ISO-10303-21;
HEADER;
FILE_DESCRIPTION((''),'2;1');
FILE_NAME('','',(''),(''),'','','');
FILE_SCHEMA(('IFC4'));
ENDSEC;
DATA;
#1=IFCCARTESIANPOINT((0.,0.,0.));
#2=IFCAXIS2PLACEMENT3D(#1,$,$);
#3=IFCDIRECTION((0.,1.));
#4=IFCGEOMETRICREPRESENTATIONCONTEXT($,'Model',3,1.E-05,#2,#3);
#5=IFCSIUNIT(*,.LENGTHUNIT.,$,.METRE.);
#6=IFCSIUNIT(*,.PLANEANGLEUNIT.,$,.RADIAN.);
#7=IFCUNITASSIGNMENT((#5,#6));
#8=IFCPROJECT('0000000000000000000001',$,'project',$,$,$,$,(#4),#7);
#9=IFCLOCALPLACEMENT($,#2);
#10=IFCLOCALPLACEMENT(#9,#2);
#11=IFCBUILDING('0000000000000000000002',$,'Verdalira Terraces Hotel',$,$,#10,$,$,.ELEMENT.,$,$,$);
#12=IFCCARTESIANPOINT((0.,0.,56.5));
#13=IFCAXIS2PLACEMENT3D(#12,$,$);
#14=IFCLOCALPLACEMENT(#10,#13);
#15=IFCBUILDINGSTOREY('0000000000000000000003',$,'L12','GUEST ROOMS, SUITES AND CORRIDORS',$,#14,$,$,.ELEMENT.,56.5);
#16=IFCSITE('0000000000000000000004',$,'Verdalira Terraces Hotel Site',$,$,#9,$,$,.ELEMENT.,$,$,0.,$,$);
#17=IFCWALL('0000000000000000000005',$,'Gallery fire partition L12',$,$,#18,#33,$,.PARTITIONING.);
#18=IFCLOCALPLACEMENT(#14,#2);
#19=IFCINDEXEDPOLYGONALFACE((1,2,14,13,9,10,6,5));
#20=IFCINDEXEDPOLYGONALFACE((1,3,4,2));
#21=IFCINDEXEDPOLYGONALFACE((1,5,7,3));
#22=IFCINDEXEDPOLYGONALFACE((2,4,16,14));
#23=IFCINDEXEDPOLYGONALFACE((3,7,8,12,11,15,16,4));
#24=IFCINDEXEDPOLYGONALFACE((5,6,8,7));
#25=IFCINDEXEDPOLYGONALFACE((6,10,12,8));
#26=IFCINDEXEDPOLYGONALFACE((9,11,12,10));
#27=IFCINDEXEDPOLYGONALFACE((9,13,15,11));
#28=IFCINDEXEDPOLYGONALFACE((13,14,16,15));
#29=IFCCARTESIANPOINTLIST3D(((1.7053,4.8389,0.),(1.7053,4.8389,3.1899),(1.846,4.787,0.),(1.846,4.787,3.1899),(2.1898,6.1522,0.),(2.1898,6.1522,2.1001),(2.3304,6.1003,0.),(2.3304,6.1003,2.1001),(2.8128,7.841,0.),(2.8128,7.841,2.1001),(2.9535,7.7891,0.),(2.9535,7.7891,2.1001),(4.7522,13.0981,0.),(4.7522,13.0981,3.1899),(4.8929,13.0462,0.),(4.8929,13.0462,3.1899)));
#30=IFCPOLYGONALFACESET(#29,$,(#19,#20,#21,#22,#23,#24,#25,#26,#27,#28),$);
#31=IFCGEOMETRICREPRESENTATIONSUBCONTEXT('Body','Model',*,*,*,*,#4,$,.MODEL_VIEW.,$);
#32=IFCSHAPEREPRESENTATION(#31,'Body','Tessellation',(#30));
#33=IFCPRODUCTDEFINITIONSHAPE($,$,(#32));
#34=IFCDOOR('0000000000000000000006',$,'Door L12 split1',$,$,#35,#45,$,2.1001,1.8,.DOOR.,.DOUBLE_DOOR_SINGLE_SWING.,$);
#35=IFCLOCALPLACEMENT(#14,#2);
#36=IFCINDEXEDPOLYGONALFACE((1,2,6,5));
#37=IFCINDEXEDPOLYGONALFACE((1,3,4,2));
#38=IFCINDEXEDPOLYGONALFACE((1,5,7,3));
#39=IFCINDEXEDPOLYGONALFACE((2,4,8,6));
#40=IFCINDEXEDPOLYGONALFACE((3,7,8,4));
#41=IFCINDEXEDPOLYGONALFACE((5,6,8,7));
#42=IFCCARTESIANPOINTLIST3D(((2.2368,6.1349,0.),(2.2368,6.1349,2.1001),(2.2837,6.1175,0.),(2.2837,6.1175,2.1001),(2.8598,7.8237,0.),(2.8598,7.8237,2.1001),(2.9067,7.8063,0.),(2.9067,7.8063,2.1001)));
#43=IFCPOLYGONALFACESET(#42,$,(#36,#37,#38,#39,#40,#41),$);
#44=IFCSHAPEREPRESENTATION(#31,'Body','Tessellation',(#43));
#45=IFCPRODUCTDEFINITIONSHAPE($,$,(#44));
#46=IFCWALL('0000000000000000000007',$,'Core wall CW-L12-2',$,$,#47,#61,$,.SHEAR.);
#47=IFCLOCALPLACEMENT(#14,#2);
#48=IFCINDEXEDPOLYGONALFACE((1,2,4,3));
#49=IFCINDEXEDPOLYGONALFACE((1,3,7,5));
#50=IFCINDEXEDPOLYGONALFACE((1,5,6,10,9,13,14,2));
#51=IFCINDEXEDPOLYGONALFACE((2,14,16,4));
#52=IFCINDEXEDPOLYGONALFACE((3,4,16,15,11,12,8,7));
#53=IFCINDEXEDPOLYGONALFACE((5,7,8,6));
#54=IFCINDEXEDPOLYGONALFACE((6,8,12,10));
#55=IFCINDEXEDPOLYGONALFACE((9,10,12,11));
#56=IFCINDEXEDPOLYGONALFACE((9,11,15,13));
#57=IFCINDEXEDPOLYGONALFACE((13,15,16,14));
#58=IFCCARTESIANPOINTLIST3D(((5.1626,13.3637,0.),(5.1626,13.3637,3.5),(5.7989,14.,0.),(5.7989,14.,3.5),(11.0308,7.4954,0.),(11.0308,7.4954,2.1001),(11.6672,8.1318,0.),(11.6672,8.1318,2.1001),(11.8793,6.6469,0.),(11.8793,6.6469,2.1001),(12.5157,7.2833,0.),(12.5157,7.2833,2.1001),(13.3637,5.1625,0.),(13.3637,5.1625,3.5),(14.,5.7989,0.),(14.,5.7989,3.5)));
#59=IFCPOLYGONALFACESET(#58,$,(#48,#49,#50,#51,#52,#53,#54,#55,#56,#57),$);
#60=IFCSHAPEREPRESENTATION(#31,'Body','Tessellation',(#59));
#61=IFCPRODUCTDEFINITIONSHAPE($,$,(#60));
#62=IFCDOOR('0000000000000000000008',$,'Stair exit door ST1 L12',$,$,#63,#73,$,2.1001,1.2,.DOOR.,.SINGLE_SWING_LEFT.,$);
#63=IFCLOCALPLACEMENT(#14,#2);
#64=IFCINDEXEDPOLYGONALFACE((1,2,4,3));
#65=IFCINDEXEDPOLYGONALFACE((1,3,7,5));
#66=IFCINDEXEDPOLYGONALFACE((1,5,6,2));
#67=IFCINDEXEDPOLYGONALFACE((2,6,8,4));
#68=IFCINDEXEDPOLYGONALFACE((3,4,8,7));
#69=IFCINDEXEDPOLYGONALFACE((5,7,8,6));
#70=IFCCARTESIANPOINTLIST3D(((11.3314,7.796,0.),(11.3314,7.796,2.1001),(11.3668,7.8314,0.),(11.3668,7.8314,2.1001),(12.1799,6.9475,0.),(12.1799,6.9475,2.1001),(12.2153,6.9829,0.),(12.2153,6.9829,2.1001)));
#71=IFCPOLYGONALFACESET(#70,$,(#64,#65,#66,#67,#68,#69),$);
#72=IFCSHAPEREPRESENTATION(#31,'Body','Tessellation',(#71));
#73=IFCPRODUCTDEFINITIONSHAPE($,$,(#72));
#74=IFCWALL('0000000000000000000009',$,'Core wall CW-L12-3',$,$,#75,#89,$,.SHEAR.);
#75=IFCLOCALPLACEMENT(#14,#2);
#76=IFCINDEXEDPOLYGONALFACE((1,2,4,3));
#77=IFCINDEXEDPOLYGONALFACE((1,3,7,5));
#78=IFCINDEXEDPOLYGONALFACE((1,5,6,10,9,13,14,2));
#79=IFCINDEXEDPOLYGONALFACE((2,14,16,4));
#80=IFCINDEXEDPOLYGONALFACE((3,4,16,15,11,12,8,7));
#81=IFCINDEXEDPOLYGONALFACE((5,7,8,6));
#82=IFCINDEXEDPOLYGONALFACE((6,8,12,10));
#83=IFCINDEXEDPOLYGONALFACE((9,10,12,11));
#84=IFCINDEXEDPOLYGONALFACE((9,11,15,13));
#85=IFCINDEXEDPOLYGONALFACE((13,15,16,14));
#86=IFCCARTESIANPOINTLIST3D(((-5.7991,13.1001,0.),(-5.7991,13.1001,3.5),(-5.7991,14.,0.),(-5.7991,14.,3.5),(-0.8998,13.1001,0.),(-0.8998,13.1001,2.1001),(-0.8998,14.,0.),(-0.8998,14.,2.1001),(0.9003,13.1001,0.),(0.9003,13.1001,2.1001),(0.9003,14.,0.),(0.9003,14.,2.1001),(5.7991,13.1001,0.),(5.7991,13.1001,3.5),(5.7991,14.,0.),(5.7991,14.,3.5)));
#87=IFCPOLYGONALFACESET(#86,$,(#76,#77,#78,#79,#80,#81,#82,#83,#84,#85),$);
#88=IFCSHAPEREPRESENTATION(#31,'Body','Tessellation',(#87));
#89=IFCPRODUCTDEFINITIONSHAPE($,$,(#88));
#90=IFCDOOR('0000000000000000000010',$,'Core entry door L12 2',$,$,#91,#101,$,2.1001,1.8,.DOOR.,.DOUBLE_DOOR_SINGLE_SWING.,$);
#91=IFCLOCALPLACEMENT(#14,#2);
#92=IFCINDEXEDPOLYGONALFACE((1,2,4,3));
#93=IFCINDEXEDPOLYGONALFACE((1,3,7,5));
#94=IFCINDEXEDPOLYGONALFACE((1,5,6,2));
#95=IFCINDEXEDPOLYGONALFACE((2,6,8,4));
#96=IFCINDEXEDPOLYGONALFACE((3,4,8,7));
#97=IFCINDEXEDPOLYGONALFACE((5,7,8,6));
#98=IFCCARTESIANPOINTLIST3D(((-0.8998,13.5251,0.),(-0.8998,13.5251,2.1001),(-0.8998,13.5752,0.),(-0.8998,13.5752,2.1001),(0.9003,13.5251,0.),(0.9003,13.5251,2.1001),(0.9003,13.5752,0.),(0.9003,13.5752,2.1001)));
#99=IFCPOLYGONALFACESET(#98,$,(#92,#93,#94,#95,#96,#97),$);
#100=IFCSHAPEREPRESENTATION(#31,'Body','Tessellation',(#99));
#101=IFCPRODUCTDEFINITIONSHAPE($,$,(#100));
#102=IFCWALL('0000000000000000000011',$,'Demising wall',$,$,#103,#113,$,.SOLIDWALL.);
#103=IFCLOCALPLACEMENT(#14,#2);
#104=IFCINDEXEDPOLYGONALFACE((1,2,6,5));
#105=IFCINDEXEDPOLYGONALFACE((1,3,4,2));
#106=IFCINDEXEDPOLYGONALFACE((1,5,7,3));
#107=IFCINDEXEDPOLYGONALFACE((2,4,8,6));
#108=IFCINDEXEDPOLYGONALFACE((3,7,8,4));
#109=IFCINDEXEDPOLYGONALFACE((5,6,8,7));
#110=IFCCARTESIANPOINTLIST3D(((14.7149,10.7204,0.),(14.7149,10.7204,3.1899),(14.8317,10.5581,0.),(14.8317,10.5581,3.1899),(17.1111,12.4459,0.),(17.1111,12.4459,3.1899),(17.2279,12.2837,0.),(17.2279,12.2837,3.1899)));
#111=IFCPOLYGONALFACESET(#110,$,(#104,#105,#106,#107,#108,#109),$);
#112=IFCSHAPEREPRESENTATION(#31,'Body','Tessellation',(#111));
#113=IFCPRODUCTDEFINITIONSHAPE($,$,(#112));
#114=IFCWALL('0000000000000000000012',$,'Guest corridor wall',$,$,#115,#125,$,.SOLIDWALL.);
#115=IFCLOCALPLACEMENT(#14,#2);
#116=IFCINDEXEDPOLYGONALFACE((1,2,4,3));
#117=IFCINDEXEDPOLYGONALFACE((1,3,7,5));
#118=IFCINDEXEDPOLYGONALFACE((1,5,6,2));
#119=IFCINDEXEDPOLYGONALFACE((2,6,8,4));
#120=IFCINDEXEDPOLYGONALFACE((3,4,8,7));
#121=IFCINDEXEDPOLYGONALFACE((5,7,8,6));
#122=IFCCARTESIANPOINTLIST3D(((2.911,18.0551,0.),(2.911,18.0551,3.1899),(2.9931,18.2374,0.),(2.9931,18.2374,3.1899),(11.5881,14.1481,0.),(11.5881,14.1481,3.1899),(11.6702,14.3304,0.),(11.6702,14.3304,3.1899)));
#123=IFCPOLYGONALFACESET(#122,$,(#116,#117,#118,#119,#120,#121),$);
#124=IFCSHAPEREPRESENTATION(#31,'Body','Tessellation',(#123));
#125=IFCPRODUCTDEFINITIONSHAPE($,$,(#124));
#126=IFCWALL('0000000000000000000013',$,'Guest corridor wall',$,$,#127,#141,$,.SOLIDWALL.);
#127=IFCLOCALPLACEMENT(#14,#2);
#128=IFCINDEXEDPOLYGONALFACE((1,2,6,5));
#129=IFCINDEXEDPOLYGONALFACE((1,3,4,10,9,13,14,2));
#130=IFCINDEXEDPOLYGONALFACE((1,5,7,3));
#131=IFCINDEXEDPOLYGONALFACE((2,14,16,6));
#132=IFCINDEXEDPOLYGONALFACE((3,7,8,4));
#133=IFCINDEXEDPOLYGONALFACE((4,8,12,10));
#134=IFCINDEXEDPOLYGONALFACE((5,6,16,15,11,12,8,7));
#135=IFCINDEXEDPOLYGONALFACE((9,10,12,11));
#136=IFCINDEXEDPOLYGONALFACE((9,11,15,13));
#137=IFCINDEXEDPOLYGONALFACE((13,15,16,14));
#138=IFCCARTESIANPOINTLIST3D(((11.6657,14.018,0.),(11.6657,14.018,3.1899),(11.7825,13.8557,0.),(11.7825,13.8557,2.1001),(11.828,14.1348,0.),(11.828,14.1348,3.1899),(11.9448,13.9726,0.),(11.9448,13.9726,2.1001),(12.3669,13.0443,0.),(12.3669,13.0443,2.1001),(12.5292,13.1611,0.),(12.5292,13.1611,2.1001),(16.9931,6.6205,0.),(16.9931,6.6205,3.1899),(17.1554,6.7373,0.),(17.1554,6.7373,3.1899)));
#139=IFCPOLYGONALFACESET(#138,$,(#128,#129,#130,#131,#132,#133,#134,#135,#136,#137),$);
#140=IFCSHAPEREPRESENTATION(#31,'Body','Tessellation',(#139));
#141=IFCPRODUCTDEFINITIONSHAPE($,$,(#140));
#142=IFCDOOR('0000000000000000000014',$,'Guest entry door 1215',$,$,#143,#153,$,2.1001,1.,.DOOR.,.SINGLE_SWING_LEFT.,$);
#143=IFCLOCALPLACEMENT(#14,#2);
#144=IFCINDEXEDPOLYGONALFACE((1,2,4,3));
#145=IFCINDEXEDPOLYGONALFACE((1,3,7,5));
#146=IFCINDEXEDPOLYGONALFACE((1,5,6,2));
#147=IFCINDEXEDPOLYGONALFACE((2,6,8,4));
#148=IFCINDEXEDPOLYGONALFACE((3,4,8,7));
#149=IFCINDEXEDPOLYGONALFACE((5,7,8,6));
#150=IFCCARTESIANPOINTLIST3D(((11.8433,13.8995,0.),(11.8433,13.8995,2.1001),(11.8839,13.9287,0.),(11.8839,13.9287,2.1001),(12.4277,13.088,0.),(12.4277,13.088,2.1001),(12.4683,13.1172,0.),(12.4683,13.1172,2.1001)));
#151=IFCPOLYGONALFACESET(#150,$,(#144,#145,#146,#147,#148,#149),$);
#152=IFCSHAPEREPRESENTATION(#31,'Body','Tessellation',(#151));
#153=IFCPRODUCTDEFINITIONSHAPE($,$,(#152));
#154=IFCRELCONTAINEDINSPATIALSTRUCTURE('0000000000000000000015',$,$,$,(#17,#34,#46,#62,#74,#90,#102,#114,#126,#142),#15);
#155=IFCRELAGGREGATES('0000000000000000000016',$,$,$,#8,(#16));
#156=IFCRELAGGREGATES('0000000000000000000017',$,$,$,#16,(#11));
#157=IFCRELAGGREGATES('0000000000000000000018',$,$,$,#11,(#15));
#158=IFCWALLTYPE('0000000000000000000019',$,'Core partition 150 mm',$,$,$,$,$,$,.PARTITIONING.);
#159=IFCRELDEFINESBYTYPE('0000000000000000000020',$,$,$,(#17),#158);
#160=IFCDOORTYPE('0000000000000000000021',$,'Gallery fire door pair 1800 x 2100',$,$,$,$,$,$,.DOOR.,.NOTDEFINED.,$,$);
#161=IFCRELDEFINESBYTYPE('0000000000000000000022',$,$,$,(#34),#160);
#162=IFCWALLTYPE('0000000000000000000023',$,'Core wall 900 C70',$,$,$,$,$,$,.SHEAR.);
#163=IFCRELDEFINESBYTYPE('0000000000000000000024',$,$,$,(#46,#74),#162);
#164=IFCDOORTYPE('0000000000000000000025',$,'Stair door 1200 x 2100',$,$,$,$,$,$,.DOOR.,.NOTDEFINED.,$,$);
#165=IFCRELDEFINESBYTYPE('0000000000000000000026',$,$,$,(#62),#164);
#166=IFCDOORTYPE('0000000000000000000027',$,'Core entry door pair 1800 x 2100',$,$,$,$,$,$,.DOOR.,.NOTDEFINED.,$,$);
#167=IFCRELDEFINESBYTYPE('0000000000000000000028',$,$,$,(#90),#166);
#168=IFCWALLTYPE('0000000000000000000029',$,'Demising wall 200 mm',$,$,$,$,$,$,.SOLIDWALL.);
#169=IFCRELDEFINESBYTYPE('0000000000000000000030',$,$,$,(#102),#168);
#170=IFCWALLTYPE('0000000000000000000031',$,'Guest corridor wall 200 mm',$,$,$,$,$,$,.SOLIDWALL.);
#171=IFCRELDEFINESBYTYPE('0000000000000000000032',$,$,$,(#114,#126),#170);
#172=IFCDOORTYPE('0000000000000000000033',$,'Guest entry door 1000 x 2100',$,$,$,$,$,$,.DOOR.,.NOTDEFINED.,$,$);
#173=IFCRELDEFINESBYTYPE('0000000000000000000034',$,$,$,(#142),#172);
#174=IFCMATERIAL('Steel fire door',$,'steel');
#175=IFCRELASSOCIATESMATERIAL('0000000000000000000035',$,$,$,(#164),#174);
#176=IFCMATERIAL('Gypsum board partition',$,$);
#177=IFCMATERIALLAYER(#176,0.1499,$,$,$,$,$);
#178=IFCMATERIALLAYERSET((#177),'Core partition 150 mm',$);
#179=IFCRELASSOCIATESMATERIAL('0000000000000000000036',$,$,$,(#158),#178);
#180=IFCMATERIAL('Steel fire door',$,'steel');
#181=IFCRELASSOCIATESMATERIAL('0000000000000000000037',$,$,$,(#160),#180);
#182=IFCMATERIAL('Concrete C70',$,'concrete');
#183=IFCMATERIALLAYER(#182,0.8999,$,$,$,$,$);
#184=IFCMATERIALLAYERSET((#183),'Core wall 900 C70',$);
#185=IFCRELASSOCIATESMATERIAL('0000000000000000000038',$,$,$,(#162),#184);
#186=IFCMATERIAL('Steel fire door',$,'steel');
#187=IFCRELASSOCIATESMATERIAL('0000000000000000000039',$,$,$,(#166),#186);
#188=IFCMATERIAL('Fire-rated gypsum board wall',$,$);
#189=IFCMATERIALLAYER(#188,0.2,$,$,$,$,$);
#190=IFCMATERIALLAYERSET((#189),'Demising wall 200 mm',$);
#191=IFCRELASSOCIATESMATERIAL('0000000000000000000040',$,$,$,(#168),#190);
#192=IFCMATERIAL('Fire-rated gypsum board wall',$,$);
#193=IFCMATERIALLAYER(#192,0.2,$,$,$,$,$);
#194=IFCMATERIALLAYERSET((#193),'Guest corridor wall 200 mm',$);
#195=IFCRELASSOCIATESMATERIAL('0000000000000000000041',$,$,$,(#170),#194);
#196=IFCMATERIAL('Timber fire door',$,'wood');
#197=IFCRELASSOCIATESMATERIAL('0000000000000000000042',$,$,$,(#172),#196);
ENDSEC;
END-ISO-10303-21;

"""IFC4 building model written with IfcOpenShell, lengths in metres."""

from ifc_helpers import new_model, si_unit, direction, frame, frame_2d, origin, place, context, subcontext, project, spatial, rectangle, extrude, material, layer, layer_set, type_object, element, fill, save


model = new_model("IFC4")

# Units and contexts
model_context = context("Model", 3, precision=1e-05, world=origin(), true_north=direction((0.0, 1.0)))
body_context = subcontext(model_context, "Body", "Model", "MODEL_VIEW")
ifc_project = project(units=[si_unit("LENGTHUNIT", "METRE"), si_unit("PLANEANGLEUNIT", "RADIAN")], contexts=[model_context])

# Site, building, storey
site_placement = place(None, origin())
site = spatial("IfcSite", under=ifc_project, at=site_placement, Name="Verdalira Terraces Hotel Site", CompositionType="ELEMENT", RefElevation=0.0)
building_placement = place(site_placement, origin())
building = spatial("IfcBuilding", under=site, at=building_placement, Name="Verdalira Terraces Hotel", CompositionType="ELEMENT")
storey_placement = place(building_placement, frame((0.0, 0.0, 56.5)))
storey = spatial("IfcBuildingStorey", under=building, at=storey_placement, Name="L12", Description="GUEST ROOMS, SUITES AND CORRIDORS", CompositionType="ELEMENT", Elevation=56.5)

# Shared definitions
ifc_material_1 = material(Name="Steel fire door", Category="steel")
door_type_1 = type_object("IfcDoorType", Name="Stair door 1200 x 2100", OperationType="NOTDEFINED", PredefinedType="DOOR", material=ifc_material_1)

# Walls, openings, doors
ifc_material_2 = material(Name="Gypsum board partition")
ifc_layer_1 = layer(ifc_material_2, 0.1499)
ifc_layer_set_1 = layer_set([ifc_layer_1], Name="Core partition 150 mm")
wall_type_1 = type_object("IfcWallType", Name="Core partition 150 mm", PredefinedType="PARTITIONING", material=ifc_layer_set_1)
wall_1_placement = place(storey_placement, frame((1.7756, 4.813, 0.0), z_axis=(0.0, 0.0, 1.0), x_axis=(0.346113, 0.938193, 0.0)))
wall_1 = element("IfcWall", 1, at=wall_1_placement, inside=storey, type_object=wall_type_1, Name="Gallery fire partition L12", PredefinedType="PARTITIONING", context=body_context, shape_type="SweptSolid", body=[
    extrude(rectangle(XDim=8.8032, YDim=0.1499, at=frame_2d((4.4016, 0.0))), origin(), (0.0, 0.0, 1.0), 3.1899),
])
opening_1_placement = place(wall_1_placement, frame((1.3999, 0.0, 0.0)))
opening_1 = element("IfcOpeningElement", 2, at=opening_1_placement, cuts=wall_1, PredefinedType="OPENING", context=body_context, shape_type="SweptSolid", body=[
    extrude(rectangle(XDim=1.8, YDim=2.1001, at=frame_2d((0.8999, 1.05))), frame((0.0, 0.085, 0.0), z_axis=(0.0, -1.0, 0.0), x_axis=(1.0, 0.0, 0.0)), (0.0, 0.0, 1.0), 0.1699),
])
ifc_material_3 = material(Name="Steel fire door", Category="steel")
door_type_2 = type_object("IfcDoorType", Name="Gallery fire door pair 1800 x 2100", OperationType="NOTDEFINED", PredefinedType="DOOR", material=ifc_material_3)
door_1_placement = place(opening_1_placement, origin())
door_1 = element("IfcDoor", 3, at=door_1_placement, inside=storey, type_object=door_type_2, Name="Door L12 split1", OperationType="DOUBLE_DOOR_SINGLE_SWING", OverallHeight=2.1001, OverallWidth=1.8, PredefinedType="DOOR", context=body_context, shape_type="SweptSolid", body=[
    extrude(rectangle(XDim=1.8, YDim=2.1001, at=frame_2d((0.8999, 1.05))), frame((0.0, 0.0249, 0.0), z_axis=(0.0, -1.0, 0.0), x_axis=(1.0, 0.0, 0.0)), (0.0, 0.0, 1.0), 0.05),
])
fill(opening_1, door_1)
ifc_material_4 = material(Name="Concrete C70", Category="concrete")
ifc_layer_2 = layer(ifc_material_4, 0.8999)
ifc_layer_set_2 = layer_set([ifc_layer_2], Name="Core wall 900 C70")
wall_type_2 = type_object("IfcWallType", Name="Core wall 900 C70", PredefinedType="SHEAR", material=ifc_layer_set_2)
wall_2_placement = place(storey_placement, frame((13.6819, 5.4807, 0.0), z_axis=(0.0, 0.0, 1.0), x_axis=(-0.707107, 0.707107, 0.0)))
wall_2 = element("IfcWall", 4, at=wall_2_placement, inside=storey, type_object=wall_type_2, Name="Core wall CW-L12-2", PredefinedType="SHEAR", context=body_context, shape_type="SweptSolid", body=[
    extrude(rectangle(XDim=11.5981, YDim=0.8999, at=frame_2d((5.7991, 0.0))), origin(), (0.0, 0.0, 1.0), 3.5),
])
opening_2_placement = place(wall_2_placement, frame((2.0991, 0.0, 0.0)))
opening_2 = element("IfcOpeningElement", 5, at=opening_2_placement, cuts=wall_2, PredefinedType="OPENING", context=body_context, shape_type="SweptSolid", body=[
    extrude(rectangle(XDim=1.2, YDim=2.1001, at=frame_2d((0.6001, 1.05))), frame((0.0, 0.46, 0.0), z_axis=(0.0, -1.0, 0.0), x_axis=(1.0, 0.0, 0.0)), (0.0, 0.0, 1.0), 0.9199),
])
door_2_placement = place(opening_2_placement, origin())
door_2 = element("IfcDoor", 6, at=door_2_placement, inside=storey, type_object=door_type_1, Name="Stair exit door ST1 L12", OperationType="SINGLE_SWING_LEFT", OverallHeight=2.1001, OverallWidth=1.2, PredefinedType="DOOR", context=body_context, shape_type="SweptSolid", body=[
    extrude(rectangle(XDim=1.2, YDim=2.1001, at=frame_2d((0.6001, 1.05))), frame((0.0, 0.0249, 0.0), z_axis=(0.0, -1.0, 0.0), x_axis=(1.0, 0.0, 0.0)), (0.0, 0.0, 1.0), 0.05),
])
fill(opening_2, door_2)
wall_3_placement = place(storey_placement, frame((5.7991, 13.55, 0.0), z_axis=(0.0, 0.0, 1.0), x_axis=(-1.0, 0.0, 0.0)))
wall_3 = element("IfcWall", 7, at=wall_3_placement, inside=storey, type_object=wall_type_2, Name="Core wall CW-L12-3", PredefinedType="SHEAR", context=body_context, shape_type="SweptSolid", body=[
    extrude(rectangle(XDim=11.5981, YDim=0.8999, at=frame_2d((5.7991, 0.0))), origin(), (0.0, 0.0, 1.0), 3.5),
])
opening_3_placement = place(wall_3_placement, frame((4.8989, 0.0, 0.0)))
opening_3 = element("IfcOpeningElement", 8, at=opening_3_placement, cuts=wall_3, PredefinedType="OPENING", context=body_context, shape_type="SweptSolid", body=[
    extrude(rectangle(XDim=1.8, YDim=2.1001, at=frame_2d((0.8999, 1.05))), frame((0.0, 0.46, 0.0), z_axis=(0.0, -1.0, 0.0), x_axis=(1.0, 0.0, 0.0)), (0.0, 0.0, 1.0), 0.9199),
])
ifc_material_5 = material(Name="Steel fire door", Category="steel")
door_type_3 = type_object("IfcDoorType", Name="Core entry door pair 1800 x 2100", OperationType="NOTDEFINED", PredefinedType="DOOR", material=ifc_material_5)
door_3_placement = place(opening_3_placement, origin())
door_3 = element("IfcDoor", 9, at=door_3_placement, inside=storey, type_object=door_type_3, Name="Core entry door L12 2", OperationType="DOUBLE_DOOR_SINGLE_SWING", OverallHeight=2.1001, OverallWidth=1.8, PredefinedType="DOOR", context=body_context, shape_type="SweptSolid", body=[
    extrude(rectangle(XDim=1.8, YDim=2.1001, at=frame_2d((0.8999, 1.05))), frame((0.0, 0.0249, 0.0), z_axis=(0.0, -1.0, 0.0), x_axis=(1.0, 0.0, 0.0)), (0.0, 0.0, 1.0), 0.05),
])
fill(opening_3, door_3)

# Walls
ifc_material_6 = material(Name="Fire-rated gypsum board wall")
ifc_layer_3 = layer(ifc_material_6, 0.2)
ifc_layer_set_3 = layer_set([ifc_layer_3], Name="Demising wall 200 mm")
wall_type_3 = type_object("IfcWallType", Name="Demising wall 200 mm", PredefinedType="SOLIDWALL", material=ifc_layer_set_3)
wall_4_placement = place(storey_placement, frame((14.7732, 10.6392, 0.0), z_axis=(0.0, 0.0, 1.0), x_axis=(0.811487, 0.58437, 0.0)))
element("IfcWall", 10, at=wall_4_placement, inside=storey, type_object=wall_type_3, Name="Demising wall", PredefinedType="SOLIDWALL", context=body_context, shape_type="SweptSolid", body=[
    extrude(rectangle(XDim=2.9529, YDim=0.2, at=frame_2d((1.4766, 0.0))), origin(), (0.0, 0.0, 1.0), 3.1899),
])
ifc_material_7 = material(Name="Fire-rated gypsum board wall")
ifc_layer_4 = layer(ifc_material_7, 0.2)
ifc_layer_set_4 = layer_set([ifc_layer_4], Name="Guest corridor wall 200 mm")
wall_type_4 = type_object("IfcWallType", Name="Guest corridor wall 200 mm", PredefinedType="SOLIDWALL", material=ifc_layer_set_4)
wall_5_placement = place(storey_placement, frame((11.6291, 14.2393, 0.0), z_axis=(0.0, 0.0, 1.0), x_axis=(-0.91183, 0.410568, 0.0)))
element("IfcWall", 11, at=wall_5_placement, inside=storey, type_object=wall_type_4, Name="Guest corridor wall", PredefinedType="SOLIDWALL", context=body_context, shape_type="SweptSolid", body=[
    extrude(rectangle(XDim=9.5161, YDim=0.2, at=frame_2d((4.7581, 0.0))), origin(), (0.0, 0.0, 1.0), 3.1899),
])

# Wall, opening, door
wall_6_placement = place(storey_placement, frame((11.7468, 14.0764, 0.0), z_axis=(0.0, 0.0, 1.0), x_axis=(0.584393, -0.811471, 0.0)))
wall_6 = element("IfcWall", 12, at=wall_6_placement, inside=storey, type_object=wall_type_4, Name="Guest corridor wall", PredefinedType="SOLIDWALL", context=body_context, shape_type="SweptSolid", body=[
    extrude(rectangle(XDim=9.1162, YDim=0.2, at=frame_2d((4.5581, 0.0))), origin(), (0.0, 0.0, 1.0), 3.1899),
])
opening_4_placement = place(wall_6_placement, frame((0.2, 0.0, 0.0)))
opening_4 = element("IfcOpeningElement", 13, at=opening_4_placement, cuts=wall_6, PredefinedType="OPENING", context=body_context, shape_type="SweptSolid", body=[
    extrude(rectangle(XDim=1.0, YDim=2.1001, at=frame_2d((0.5, 1.05))), frame((0.0, 0.1099, 0.0), z_axis=(0.0, -1.0, 0.0), x_axis=(1.0, 0.0, 0.0)), (0.0, 0.0, 1.0), 0.22),
])
ifc_material_8 = material(Name="Timber fire door", Category="wood")
door_type_4 = type_object("IfcDoorType", Name="Guest entry door 1000 x 2100", OperationType="NOTDEFINED", PredefinedType="DOOR", material=ifc_material_8)
door_4_placement = place(opening_4_placement, origin())
door_4 = element("IfcDoor", 14, at=door_4_placement, inside=storey, type_object=door_type_4, Name="Guest entry door 1215", OperationType="SINGLE_SWING_LEFT", OverallHeight=2.1001, OverallWidth=1.0, PredefinedType="DOOR", context=body_context, shape_type="SweptSolid", body=[
    extrude(rectangle(XDim=1.0, YDim=2.1001, at=frame_2d((0.5, 1.05))), frame((0.0, 0.0249, 0.0), z_axis=(0.0, -1.0, 0.0), x_axis=(1.0, 0.0, 0.0)), (0.0, 0.0, 1.0), 0.05),
])
fill(opening_4, door_4)

save(model, "model.ifc")
